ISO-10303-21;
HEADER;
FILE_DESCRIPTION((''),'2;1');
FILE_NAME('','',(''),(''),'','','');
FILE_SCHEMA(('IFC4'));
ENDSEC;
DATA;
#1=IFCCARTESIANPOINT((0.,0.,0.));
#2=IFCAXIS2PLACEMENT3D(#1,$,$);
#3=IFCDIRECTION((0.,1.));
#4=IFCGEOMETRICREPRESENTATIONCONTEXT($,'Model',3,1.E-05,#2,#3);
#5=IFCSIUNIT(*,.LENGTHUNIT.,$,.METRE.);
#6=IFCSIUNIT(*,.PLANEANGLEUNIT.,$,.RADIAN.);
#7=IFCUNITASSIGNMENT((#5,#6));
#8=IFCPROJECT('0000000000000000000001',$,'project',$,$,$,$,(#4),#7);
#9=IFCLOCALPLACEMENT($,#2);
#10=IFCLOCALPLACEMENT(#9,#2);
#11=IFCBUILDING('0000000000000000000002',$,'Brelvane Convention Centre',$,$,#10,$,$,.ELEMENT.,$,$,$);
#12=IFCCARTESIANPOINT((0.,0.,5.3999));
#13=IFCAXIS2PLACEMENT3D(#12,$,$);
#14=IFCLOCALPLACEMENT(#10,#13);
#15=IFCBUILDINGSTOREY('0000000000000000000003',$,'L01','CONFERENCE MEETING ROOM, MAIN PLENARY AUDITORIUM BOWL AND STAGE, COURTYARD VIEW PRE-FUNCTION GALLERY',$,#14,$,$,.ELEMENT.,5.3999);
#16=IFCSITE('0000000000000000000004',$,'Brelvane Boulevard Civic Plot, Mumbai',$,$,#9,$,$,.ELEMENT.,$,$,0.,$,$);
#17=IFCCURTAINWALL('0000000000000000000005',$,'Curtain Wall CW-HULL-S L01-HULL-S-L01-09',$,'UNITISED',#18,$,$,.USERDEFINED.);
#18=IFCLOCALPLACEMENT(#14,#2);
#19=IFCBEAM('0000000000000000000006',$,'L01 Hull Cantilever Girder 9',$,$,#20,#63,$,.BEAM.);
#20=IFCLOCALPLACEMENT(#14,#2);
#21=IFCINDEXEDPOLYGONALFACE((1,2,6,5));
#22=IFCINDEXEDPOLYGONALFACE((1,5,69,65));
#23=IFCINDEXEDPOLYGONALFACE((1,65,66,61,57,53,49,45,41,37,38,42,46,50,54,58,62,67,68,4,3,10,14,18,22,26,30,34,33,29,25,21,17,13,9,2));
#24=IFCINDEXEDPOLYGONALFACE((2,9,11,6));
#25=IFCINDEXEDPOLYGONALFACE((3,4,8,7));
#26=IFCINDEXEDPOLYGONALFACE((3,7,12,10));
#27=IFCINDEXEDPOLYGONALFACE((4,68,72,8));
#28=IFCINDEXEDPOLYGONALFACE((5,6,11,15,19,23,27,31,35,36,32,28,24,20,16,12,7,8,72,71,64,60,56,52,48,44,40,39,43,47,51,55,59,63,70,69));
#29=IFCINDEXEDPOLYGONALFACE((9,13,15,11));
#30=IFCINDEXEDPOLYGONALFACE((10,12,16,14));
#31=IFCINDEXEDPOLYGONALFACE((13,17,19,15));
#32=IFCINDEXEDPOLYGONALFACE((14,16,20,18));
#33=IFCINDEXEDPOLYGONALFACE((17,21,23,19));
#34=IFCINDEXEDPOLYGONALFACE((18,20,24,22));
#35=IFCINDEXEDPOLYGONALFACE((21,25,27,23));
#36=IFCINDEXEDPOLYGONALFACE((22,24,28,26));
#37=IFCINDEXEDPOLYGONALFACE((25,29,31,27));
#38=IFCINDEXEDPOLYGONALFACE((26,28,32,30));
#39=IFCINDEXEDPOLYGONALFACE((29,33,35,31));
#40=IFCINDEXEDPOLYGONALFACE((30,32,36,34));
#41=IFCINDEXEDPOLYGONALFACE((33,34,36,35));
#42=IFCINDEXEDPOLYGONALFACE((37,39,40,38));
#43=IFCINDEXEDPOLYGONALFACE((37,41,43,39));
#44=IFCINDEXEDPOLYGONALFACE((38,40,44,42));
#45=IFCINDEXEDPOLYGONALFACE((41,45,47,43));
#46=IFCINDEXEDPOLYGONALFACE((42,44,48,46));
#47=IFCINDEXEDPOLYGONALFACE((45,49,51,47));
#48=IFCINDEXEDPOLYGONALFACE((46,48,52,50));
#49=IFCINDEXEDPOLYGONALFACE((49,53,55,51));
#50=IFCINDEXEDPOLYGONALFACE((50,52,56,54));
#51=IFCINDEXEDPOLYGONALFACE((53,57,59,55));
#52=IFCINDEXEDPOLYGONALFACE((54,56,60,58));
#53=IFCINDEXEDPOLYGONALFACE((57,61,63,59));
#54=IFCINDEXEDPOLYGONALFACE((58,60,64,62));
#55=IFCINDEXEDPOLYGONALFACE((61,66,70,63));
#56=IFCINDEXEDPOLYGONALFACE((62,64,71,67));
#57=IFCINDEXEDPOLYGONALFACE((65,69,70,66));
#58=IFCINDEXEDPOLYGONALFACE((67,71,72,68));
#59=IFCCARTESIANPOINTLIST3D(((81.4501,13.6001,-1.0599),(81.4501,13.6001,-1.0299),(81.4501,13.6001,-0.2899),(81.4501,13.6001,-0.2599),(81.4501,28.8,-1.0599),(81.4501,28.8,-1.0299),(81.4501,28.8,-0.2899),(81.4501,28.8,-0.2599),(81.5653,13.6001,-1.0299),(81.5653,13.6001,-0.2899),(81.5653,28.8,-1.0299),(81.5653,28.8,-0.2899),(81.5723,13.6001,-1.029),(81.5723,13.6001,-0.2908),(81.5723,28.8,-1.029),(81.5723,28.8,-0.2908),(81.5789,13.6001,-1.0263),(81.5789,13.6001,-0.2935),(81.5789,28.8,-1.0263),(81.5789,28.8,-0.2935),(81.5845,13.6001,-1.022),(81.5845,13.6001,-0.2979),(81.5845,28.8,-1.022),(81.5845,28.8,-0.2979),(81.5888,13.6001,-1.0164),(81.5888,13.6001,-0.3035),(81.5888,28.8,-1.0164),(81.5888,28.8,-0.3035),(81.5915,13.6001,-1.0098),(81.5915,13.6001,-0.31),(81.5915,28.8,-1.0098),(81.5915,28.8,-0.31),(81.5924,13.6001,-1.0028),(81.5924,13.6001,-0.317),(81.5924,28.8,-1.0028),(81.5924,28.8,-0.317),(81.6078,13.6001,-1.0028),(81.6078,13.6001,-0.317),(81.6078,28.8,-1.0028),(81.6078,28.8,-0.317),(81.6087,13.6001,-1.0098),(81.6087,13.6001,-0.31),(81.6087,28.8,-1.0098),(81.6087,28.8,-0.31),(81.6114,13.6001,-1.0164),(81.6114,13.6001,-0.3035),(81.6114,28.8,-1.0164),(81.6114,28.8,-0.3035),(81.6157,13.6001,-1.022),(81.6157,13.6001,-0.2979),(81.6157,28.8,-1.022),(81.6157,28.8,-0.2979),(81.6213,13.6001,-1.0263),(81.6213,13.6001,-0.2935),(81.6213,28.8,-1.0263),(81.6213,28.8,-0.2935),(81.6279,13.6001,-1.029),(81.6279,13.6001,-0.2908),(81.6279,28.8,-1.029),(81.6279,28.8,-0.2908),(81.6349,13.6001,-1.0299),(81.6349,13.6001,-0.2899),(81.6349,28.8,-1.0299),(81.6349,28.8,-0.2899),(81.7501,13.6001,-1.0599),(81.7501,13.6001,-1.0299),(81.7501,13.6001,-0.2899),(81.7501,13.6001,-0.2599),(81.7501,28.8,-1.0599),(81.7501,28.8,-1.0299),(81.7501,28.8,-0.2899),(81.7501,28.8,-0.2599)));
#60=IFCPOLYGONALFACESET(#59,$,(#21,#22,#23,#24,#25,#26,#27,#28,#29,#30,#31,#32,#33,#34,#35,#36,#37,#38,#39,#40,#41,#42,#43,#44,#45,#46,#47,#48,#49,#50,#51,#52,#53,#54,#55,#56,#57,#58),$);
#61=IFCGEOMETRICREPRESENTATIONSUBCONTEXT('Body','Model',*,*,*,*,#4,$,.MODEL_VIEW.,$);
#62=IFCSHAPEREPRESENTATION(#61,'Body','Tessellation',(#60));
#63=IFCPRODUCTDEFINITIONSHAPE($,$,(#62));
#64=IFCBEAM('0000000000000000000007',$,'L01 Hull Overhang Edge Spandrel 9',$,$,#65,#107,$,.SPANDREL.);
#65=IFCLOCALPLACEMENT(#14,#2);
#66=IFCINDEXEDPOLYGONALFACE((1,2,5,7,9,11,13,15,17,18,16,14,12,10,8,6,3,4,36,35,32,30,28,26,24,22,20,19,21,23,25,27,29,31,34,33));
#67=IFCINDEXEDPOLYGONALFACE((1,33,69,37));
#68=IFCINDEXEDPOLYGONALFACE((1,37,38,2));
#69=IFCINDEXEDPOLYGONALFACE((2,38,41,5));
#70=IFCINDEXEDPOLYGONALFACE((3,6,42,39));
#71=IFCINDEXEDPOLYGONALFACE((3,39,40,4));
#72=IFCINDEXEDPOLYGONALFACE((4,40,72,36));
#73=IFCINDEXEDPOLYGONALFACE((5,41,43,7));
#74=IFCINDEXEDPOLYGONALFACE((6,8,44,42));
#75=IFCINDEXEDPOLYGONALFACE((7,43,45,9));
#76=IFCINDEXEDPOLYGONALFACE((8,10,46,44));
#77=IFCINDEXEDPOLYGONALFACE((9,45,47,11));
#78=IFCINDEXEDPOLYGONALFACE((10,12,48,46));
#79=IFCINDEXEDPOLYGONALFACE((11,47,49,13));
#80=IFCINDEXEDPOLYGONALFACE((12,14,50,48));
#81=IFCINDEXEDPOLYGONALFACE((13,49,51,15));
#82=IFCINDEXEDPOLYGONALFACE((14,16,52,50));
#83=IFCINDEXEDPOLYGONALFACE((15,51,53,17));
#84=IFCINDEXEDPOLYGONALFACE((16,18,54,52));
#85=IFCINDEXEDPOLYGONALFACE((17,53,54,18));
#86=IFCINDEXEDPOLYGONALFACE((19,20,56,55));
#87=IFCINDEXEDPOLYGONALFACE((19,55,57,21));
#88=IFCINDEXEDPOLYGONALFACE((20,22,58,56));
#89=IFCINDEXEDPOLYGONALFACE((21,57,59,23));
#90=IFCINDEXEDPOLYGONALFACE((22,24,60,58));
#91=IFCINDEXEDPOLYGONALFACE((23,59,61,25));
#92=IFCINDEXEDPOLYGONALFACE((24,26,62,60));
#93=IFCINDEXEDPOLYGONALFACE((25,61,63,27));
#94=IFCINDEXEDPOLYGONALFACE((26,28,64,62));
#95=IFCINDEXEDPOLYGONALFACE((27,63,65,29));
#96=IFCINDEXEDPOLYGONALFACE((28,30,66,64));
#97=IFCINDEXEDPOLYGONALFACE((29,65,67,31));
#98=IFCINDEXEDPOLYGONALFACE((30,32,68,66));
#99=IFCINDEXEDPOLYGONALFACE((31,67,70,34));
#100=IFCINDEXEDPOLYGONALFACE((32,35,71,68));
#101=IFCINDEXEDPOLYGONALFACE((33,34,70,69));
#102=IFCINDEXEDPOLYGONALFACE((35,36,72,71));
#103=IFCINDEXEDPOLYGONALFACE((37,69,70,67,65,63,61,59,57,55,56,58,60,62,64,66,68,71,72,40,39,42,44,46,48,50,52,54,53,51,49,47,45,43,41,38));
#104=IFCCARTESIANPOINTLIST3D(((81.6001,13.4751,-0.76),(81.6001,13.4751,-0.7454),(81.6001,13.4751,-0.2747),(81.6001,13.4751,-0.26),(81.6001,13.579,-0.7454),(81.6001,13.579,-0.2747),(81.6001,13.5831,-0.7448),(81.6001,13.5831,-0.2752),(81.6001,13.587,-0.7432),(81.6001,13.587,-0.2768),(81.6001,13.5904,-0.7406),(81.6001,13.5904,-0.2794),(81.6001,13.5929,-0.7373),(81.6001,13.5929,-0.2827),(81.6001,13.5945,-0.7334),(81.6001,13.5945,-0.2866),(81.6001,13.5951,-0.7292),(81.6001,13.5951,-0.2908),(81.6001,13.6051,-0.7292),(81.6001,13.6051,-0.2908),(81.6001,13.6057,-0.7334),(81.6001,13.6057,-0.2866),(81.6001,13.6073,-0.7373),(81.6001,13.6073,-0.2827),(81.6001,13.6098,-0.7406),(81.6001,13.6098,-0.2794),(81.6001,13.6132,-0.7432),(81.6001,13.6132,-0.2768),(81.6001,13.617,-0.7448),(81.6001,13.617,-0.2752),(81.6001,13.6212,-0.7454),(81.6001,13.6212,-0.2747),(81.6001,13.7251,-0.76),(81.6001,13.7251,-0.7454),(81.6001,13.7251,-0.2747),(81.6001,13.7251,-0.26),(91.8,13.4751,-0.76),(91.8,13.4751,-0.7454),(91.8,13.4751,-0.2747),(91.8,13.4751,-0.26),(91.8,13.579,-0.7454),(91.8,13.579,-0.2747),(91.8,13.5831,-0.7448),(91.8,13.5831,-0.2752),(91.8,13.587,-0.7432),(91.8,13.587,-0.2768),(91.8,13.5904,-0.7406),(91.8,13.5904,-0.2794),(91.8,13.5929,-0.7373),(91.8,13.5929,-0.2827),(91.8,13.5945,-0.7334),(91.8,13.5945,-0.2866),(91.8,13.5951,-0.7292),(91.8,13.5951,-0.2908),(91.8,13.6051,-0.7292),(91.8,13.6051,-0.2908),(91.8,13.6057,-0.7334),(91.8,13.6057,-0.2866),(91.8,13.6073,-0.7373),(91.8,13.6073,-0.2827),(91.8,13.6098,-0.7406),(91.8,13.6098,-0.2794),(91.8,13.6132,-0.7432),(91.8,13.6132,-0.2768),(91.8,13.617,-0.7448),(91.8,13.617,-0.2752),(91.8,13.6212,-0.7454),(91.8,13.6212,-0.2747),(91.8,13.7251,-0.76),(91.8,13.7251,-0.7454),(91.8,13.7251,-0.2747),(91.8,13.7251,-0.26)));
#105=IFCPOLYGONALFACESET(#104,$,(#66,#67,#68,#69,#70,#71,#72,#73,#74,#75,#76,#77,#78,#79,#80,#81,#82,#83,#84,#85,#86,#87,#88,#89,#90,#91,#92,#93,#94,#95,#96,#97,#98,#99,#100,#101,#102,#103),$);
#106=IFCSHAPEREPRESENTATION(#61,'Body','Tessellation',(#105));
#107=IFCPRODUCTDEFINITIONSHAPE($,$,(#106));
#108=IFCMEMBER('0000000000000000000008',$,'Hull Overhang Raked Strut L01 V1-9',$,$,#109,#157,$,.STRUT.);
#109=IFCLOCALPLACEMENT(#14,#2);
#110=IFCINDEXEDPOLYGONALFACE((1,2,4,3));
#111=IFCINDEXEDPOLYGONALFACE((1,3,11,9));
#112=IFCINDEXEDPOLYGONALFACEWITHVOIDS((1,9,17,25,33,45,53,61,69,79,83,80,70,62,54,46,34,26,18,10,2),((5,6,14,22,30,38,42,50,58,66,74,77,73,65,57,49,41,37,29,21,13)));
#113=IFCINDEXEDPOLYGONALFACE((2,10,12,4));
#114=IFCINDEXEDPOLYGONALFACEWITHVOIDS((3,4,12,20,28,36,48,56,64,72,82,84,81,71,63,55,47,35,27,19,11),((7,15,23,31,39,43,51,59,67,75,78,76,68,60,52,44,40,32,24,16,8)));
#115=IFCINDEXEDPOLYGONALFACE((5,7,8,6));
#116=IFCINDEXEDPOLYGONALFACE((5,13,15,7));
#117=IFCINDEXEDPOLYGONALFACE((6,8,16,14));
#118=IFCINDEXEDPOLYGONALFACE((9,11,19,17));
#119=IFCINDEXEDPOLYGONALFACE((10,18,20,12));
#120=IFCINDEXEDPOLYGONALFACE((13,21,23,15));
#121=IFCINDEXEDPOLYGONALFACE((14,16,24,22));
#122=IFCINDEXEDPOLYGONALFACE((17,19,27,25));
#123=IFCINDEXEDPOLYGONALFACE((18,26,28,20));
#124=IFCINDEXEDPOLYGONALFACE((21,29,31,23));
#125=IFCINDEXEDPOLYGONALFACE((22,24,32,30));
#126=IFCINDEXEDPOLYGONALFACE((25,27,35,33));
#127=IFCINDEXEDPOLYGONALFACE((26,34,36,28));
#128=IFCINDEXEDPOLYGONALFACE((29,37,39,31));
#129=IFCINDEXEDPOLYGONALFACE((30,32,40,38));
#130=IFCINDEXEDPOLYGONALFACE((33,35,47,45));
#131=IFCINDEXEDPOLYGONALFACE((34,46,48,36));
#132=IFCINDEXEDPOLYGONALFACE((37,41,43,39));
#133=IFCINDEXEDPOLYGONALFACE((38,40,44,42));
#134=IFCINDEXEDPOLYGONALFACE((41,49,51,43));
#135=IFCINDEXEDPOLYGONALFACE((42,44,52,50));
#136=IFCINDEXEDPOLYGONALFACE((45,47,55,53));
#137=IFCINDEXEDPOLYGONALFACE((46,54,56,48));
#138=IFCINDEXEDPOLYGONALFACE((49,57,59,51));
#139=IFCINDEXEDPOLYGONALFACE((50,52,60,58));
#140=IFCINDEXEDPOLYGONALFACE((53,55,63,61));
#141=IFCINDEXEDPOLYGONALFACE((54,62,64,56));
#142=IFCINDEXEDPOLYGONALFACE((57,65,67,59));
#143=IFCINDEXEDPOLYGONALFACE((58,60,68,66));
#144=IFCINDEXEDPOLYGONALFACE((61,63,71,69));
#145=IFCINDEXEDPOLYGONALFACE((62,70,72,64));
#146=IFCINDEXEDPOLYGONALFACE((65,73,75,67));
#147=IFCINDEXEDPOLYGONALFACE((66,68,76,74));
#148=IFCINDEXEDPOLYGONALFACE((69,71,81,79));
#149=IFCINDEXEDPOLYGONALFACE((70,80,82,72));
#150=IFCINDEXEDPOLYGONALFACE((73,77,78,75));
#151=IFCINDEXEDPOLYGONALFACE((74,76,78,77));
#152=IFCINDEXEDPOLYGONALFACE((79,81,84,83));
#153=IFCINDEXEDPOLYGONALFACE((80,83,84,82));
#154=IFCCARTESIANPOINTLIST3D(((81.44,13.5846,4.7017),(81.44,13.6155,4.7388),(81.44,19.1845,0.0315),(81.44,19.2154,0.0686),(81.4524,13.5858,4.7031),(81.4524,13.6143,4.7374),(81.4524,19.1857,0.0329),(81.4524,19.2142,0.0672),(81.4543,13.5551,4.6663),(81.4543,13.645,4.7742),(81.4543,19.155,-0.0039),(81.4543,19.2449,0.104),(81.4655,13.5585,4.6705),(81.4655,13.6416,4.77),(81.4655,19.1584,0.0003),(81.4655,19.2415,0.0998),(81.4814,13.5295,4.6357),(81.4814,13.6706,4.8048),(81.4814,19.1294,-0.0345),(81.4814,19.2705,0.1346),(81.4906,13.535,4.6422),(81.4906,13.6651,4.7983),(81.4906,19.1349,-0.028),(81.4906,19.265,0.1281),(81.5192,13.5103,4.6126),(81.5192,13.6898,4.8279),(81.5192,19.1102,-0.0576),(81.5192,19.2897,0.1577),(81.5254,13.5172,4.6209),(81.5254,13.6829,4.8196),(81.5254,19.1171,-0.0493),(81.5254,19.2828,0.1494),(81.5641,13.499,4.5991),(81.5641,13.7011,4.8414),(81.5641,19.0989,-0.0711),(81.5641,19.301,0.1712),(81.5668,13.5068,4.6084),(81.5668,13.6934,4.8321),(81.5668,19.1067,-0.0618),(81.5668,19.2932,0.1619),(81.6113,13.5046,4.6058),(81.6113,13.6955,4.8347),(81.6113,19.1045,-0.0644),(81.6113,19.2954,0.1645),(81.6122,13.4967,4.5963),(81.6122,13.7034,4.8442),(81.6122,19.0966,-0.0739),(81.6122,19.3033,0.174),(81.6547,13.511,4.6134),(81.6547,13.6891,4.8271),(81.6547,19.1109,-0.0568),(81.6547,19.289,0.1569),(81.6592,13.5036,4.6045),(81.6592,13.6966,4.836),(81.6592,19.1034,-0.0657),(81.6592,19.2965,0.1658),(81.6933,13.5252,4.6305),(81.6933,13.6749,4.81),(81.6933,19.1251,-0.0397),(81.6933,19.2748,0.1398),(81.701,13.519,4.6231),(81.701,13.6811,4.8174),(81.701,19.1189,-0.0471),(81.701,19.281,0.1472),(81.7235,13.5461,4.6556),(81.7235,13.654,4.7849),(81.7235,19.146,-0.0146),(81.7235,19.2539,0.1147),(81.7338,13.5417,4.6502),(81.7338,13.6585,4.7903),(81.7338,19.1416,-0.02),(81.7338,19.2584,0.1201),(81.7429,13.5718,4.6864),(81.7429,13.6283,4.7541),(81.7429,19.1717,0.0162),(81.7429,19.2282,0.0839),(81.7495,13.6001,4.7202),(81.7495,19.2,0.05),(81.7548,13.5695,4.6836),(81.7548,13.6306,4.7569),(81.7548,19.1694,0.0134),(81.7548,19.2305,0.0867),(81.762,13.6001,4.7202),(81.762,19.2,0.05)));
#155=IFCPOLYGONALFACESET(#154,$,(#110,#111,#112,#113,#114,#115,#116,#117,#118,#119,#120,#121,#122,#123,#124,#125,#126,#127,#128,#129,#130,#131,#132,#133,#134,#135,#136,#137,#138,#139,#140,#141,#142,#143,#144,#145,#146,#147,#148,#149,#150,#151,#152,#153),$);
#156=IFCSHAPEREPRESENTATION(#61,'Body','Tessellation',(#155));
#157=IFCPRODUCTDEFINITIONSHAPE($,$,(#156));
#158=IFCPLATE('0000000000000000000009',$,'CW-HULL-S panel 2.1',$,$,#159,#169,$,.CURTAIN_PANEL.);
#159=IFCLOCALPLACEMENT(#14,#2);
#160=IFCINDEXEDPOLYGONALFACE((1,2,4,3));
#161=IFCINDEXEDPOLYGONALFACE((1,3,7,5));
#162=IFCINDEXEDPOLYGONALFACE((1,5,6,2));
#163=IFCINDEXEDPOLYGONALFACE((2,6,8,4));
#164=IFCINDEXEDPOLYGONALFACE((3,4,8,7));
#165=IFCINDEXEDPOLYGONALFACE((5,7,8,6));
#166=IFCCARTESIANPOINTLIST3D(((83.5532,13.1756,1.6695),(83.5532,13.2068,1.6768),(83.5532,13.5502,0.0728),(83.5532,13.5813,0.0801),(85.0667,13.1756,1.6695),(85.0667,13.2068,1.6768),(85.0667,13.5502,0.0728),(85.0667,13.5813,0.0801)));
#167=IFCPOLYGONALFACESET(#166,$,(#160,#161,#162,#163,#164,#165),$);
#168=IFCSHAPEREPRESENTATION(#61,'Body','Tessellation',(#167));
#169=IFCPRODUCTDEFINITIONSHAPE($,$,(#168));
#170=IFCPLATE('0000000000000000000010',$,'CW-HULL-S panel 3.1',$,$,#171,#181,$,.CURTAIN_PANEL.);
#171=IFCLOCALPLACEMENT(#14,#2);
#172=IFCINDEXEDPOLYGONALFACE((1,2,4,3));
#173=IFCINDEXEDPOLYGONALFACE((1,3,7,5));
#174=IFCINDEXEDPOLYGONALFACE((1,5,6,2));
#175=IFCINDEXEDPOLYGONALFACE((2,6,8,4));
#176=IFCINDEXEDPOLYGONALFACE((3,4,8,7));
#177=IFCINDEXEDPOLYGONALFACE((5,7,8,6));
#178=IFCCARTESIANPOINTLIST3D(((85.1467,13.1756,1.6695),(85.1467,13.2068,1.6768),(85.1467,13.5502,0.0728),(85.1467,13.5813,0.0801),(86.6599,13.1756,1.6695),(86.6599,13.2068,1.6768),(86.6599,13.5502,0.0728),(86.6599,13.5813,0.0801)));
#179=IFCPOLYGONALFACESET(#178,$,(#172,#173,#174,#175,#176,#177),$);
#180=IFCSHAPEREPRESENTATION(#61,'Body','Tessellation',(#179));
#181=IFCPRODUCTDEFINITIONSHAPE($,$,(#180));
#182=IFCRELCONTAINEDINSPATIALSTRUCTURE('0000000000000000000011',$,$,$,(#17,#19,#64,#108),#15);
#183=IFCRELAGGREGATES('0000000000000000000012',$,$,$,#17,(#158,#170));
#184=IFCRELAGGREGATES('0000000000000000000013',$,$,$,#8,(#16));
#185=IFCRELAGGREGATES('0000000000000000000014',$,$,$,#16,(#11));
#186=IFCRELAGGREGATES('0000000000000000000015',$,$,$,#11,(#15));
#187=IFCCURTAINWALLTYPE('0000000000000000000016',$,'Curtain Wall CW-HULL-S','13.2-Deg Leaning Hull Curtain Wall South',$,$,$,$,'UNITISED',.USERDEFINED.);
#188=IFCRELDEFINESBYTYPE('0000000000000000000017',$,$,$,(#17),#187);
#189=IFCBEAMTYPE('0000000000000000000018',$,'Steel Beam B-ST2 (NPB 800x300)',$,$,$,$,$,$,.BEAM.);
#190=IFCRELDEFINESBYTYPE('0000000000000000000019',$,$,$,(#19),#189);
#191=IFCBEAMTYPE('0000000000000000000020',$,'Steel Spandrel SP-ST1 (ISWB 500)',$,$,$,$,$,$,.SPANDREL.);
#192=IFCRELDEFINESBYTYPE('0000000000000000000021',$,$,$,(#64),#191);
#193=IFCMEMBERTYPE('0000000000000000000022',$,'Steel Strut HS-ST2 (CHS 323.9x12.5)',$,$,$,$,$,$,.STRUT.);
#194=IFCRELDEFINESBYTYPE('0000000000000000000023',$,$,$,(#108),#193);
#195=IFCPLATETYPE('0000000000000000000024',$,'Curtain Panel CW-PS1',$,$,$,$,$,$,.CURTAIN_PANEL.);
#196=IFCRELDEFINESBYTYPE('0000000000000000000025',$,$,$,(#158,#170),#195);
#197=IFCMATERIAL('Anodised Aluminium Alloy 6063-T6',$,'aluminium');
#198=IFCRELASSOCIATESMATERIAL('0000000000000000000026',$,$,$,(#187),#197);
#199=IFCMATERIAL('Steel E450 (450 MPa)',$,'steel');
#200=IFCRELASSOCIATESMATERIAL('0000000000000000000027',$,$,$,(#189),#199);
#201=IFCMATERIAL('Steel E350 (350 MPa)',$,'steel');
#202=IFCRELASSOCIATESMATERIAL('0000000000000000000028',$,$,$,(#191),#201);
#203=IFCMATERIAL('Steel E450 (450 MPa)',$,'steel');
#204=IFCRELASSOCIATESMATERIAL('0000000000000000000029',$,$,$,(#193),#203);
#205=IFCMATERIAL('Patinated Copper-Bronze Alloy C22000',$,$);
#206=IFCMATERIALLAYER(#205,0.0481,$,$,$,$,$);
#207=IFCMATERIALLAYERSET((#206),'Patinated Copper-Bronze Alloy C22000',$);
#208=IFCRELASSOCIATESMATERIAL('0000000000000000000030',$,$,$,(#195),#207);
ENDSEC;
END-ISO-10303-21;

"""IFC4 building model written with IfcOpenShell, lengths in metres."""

from ifc_helpers import new_model, si_unit, direction, frame, origin, origin_2d, place, context, subcontext, project, spatial, polyline, hollow_circle, i_section, outline, extrude, material, layer, layer_set, material_profile, profile_set, type_object, element, aggregate, save


model = new_model("IFC4")

# Units and contexts
model_context = context("Model", 3, precision=1e-05, world=origin(), true_north=direction((0.0, 1.0)))
body_context = subcontext(model_context, "Body", "Model", "MODEL_VIEW")
ifc_project = project(units=[si_unit("LENGTHUNIT", "METRE"), si_unit("PLANEANGLEUNIT", "RADIAN")], contexts=[model_context])

# Site, building, storey
site_placement = place(None, origin())
site = spatial("IfcSite", under=ifc_project, at=site_placement, Name="Brelvane Boulevard Civic Plot, Mumbai", CompositionType="ELEMENT", RefElevation=0.0)
building_placement = place(site_placement, origin())
building = spatial("IfcBuilding", under=site, at=building_placement, Name="Brelvane Convention Centre", CompositionType="ELEMENT")
storey_placement = place(building_placement, frame((0.0, 0.0, 5.3999)))
storey = spatial("IfcBuildingStorey", under=building, at=storey_placement, Name="L01", Description="CONFERENCE MEETING ROOM, MAIN PLENARY AUDITORIUM BOWL AND STAGE, COURTYARD VIEW PRE-FUNCTION GALLERY", CompositionType="ELEMENT", Elevation=5.3999)

# Curtain wall
ifc_material_1 = material(Name="Anodised Aluminium Alloy 6063-T6", Category="aluminium")
curtain_wall_type = type_object("IfcCurtainWallType", Name="Curtain Wall CW-HULL-S", Description="13.2-Deg Leaning Hull Curtain Wall South", ElementType="UNITISED", PredefinedType="USERDEFINED", material=ifc_material_1)
curtain_wall_1_placement = place(storey_placement, origin())
curtain_wall_1 = element("IfcCurtainWall", 1, at=curtain_wall_1_placement, inside=storey, type_object=curtain_wall_type, Name="Curtain Wall CW-HULL-S L01-HULL-S-L01-09", ObjectType="UNITISED", PredefinedType="USERDEFINED")

# Beams
ifc_material_2 = material(Name="Steel E450 (450 MPa)", Category="steel")
ifc_material_profile_1 = material_profile(ifc_material_2, i_section(OverallWidth=0.3, OverallDepth=0.8, WebThickness=0.0154, FlangeThickness=0.03, FilletRadius=0.0271, at=origin_2d()), Name="NPB 800x300")
ifc_profile_set_1 = profile_set([ifc_material_profile_1], Name="Steel E450 (450 MPa)")
beam_type_1 = type_object("IfcBeamType", Name="Steel Beam B-ST2 (NPB 800x300)", PredefinedType="BEAM", material=ifc_profile_set_1)
beam_1_placement = place(storey_placement, frame((81.6001, 13.6001, -0.6599), z_axis=(0.0, 1.0, 0.0), x_axis=(-1.0, 0.0, 0.0)))
element("IfcBeam", 2, at=beam_1_placement, inside=storey, type_object=beam_type_1, Name="L01 Hull Cantilever Girder 9", PredefinedType="BEAM", context=body_context, shape_type="SweptSolid", body=[
    extrude(i_section(OverallWidth=0.3, OverallDepth=0.8, WebThickness=0.0154, FlangeThickness=0.03, FilletRadius=0.0271, at=origin_2d()), origin(), (0.0, 0.0, 1.0), 15.2),
])
ifc_material_3 = material(Name="Steel E350 (350 MPa)", Category="steel")
ifc_material_profile_2 = material_profile(ifc_material_3, i_section(OverallWidth=0.25, OverallDepth=0.5, WebThickness=0.01, FlangeThickness=0.0146, FilletRadius=0.0161, at=origin_2d()), Name="ISWB 500")
ifc_profile_set_2 = profile_set([ifc_material_profile_2], Name="Steel E350 (350 MPa)")
beam_type_2 = type_object("IfcBeamType", Name="Steel Spandrel SP-ST1 (ISWB 500)", PredefinedType="SPANDREL", material=ifc_profile_set_2)
beam_2_placement = place(storey_placement, frame((81.6001, 13.6001, -0.51), z_axis=(1.0, 0.0, 0.0), x_axis=(0.0, 1.0, 0.0)))
element("IfcBeam", 3, at=beam_2_placement, inside=storey, type_object=beam_type_2, Name="L01 Hull Overhang Edge Spandrel 9", PredefinedType="SPANDREL", context=body_context, shape_type="SweptSolid", body=[
    extrude(i_section(OverallWidth=0.25, OverallDepth=0.5, WebThickness=0.01, FlangeThickness=0.0146, FilletRadius=0.0161, at=origin_2d()), origin(), (0.0, 0.0, 1.0), 10.2),
])

# Member
ifc_material_4 = material(Name="Steel E450 (450 MPa)", Category="steel")
ifc_material_profile_3 = material_profile(ifc_material_4, hollow_circle(Radius=0.1619, WallThickness=0.0125, at=origin_2d()), Name="CHS 323.9x12.5")
ifc_profile_set_3 = profile_set([ifc_material_profile_3], Name="Steel E450 (450 MPa)")
member_type_1 = type_object("IfcMemberType", Name="Steel Strut HS-ST2 (CHS 323.9x12.5)", PredefinedType="STRUT", material=ifc_profile_set_3)
member_1_placement = place(storey_placement, frame((81.6001, 19.2, 0.05), z_axis=(0.0, -0.767977, 0.640477), x_axis=(1.0, 0.0, 0.0)))
element("IfcMember", 4, at=member_1_placement, inside=storey, type_object=member_type_1, Name="Hull Overhang Raked Strut L01 V1-9", PredefinedType="STRUT", context=body_context, shape_type="SweptSolid", body=[
    extrude(hollow_circle(Radius=0.1619, WallThickness=0.0125, at=origin_2d()), origin(), (0.0, 0.0, 1.0), 7.2917),
])

# Plates
ifc_material_5 = material(Name="Patinated Copper-Bronze Alloy C22000")
ifc_layer_1 = layer(ifc_material_5, 0.0481)
ifc_layer_set_1 = layer_set([ifc_layer_1], Name="Patinated Copper-Bronze Alloy C22000")
plate_type_1 = type_object("IfcPlateType", Name="Curtain Panel CW-PS1", PredefinedType="CURTAIN_PANEL", material=ifc_layer_set_1)
plate_1_placement = place(storey_placement, frame((83.5532, 13.5813, 0.0801), z_axis=(0.0, 0.973577, 0.228359), x_axis=(1.0, 0.0, 0.0)))
plate_1 = element("IfcPlate", 5, at=plate_1_placement, type_object=plate_type_1, Name="CW-HULL-S panel 2.1", PredefinedType="CURTAIN_PANEL", context=body_context, shape_type="SweptSolid", body=[
    extrude(outline(polyline([(0.0, 0.0), (1.5134, 0.0), (1.5134, -1.64), (0.0, -1.64), (0.0, 0.0)])), origin(), (0.0, 0.0, -1.0), 0.032),
])
plate_2_placement = place(storey_placement, frame((85.1467, 13.5813, 0.0801), z_axis=(0.0, 0.973577, 0.228359), x_axis=(1.0, 0.0, 0.0)))
plate_2 = element("IfcPlate", 6, at=plate_2_placement, type_object=plate_type_1, Name="CW-HULL-S panel 3.1", PredefinedType="CURTAIN_PANEL", context=body_context, shape_type="SweptSolid", body=[
    extrude(outline(polyline([(0.0, 0.0), (1.5132, 0.0), (1.5132, -1.64), (0.0, -1.64), (0.0, 0.0)])), origin(), (0.0, 0.0, -1.0), 0.032),
])
aggregate(curtain_wall_1, [plate_1, plate_2])

save(model, "model.ifc")
